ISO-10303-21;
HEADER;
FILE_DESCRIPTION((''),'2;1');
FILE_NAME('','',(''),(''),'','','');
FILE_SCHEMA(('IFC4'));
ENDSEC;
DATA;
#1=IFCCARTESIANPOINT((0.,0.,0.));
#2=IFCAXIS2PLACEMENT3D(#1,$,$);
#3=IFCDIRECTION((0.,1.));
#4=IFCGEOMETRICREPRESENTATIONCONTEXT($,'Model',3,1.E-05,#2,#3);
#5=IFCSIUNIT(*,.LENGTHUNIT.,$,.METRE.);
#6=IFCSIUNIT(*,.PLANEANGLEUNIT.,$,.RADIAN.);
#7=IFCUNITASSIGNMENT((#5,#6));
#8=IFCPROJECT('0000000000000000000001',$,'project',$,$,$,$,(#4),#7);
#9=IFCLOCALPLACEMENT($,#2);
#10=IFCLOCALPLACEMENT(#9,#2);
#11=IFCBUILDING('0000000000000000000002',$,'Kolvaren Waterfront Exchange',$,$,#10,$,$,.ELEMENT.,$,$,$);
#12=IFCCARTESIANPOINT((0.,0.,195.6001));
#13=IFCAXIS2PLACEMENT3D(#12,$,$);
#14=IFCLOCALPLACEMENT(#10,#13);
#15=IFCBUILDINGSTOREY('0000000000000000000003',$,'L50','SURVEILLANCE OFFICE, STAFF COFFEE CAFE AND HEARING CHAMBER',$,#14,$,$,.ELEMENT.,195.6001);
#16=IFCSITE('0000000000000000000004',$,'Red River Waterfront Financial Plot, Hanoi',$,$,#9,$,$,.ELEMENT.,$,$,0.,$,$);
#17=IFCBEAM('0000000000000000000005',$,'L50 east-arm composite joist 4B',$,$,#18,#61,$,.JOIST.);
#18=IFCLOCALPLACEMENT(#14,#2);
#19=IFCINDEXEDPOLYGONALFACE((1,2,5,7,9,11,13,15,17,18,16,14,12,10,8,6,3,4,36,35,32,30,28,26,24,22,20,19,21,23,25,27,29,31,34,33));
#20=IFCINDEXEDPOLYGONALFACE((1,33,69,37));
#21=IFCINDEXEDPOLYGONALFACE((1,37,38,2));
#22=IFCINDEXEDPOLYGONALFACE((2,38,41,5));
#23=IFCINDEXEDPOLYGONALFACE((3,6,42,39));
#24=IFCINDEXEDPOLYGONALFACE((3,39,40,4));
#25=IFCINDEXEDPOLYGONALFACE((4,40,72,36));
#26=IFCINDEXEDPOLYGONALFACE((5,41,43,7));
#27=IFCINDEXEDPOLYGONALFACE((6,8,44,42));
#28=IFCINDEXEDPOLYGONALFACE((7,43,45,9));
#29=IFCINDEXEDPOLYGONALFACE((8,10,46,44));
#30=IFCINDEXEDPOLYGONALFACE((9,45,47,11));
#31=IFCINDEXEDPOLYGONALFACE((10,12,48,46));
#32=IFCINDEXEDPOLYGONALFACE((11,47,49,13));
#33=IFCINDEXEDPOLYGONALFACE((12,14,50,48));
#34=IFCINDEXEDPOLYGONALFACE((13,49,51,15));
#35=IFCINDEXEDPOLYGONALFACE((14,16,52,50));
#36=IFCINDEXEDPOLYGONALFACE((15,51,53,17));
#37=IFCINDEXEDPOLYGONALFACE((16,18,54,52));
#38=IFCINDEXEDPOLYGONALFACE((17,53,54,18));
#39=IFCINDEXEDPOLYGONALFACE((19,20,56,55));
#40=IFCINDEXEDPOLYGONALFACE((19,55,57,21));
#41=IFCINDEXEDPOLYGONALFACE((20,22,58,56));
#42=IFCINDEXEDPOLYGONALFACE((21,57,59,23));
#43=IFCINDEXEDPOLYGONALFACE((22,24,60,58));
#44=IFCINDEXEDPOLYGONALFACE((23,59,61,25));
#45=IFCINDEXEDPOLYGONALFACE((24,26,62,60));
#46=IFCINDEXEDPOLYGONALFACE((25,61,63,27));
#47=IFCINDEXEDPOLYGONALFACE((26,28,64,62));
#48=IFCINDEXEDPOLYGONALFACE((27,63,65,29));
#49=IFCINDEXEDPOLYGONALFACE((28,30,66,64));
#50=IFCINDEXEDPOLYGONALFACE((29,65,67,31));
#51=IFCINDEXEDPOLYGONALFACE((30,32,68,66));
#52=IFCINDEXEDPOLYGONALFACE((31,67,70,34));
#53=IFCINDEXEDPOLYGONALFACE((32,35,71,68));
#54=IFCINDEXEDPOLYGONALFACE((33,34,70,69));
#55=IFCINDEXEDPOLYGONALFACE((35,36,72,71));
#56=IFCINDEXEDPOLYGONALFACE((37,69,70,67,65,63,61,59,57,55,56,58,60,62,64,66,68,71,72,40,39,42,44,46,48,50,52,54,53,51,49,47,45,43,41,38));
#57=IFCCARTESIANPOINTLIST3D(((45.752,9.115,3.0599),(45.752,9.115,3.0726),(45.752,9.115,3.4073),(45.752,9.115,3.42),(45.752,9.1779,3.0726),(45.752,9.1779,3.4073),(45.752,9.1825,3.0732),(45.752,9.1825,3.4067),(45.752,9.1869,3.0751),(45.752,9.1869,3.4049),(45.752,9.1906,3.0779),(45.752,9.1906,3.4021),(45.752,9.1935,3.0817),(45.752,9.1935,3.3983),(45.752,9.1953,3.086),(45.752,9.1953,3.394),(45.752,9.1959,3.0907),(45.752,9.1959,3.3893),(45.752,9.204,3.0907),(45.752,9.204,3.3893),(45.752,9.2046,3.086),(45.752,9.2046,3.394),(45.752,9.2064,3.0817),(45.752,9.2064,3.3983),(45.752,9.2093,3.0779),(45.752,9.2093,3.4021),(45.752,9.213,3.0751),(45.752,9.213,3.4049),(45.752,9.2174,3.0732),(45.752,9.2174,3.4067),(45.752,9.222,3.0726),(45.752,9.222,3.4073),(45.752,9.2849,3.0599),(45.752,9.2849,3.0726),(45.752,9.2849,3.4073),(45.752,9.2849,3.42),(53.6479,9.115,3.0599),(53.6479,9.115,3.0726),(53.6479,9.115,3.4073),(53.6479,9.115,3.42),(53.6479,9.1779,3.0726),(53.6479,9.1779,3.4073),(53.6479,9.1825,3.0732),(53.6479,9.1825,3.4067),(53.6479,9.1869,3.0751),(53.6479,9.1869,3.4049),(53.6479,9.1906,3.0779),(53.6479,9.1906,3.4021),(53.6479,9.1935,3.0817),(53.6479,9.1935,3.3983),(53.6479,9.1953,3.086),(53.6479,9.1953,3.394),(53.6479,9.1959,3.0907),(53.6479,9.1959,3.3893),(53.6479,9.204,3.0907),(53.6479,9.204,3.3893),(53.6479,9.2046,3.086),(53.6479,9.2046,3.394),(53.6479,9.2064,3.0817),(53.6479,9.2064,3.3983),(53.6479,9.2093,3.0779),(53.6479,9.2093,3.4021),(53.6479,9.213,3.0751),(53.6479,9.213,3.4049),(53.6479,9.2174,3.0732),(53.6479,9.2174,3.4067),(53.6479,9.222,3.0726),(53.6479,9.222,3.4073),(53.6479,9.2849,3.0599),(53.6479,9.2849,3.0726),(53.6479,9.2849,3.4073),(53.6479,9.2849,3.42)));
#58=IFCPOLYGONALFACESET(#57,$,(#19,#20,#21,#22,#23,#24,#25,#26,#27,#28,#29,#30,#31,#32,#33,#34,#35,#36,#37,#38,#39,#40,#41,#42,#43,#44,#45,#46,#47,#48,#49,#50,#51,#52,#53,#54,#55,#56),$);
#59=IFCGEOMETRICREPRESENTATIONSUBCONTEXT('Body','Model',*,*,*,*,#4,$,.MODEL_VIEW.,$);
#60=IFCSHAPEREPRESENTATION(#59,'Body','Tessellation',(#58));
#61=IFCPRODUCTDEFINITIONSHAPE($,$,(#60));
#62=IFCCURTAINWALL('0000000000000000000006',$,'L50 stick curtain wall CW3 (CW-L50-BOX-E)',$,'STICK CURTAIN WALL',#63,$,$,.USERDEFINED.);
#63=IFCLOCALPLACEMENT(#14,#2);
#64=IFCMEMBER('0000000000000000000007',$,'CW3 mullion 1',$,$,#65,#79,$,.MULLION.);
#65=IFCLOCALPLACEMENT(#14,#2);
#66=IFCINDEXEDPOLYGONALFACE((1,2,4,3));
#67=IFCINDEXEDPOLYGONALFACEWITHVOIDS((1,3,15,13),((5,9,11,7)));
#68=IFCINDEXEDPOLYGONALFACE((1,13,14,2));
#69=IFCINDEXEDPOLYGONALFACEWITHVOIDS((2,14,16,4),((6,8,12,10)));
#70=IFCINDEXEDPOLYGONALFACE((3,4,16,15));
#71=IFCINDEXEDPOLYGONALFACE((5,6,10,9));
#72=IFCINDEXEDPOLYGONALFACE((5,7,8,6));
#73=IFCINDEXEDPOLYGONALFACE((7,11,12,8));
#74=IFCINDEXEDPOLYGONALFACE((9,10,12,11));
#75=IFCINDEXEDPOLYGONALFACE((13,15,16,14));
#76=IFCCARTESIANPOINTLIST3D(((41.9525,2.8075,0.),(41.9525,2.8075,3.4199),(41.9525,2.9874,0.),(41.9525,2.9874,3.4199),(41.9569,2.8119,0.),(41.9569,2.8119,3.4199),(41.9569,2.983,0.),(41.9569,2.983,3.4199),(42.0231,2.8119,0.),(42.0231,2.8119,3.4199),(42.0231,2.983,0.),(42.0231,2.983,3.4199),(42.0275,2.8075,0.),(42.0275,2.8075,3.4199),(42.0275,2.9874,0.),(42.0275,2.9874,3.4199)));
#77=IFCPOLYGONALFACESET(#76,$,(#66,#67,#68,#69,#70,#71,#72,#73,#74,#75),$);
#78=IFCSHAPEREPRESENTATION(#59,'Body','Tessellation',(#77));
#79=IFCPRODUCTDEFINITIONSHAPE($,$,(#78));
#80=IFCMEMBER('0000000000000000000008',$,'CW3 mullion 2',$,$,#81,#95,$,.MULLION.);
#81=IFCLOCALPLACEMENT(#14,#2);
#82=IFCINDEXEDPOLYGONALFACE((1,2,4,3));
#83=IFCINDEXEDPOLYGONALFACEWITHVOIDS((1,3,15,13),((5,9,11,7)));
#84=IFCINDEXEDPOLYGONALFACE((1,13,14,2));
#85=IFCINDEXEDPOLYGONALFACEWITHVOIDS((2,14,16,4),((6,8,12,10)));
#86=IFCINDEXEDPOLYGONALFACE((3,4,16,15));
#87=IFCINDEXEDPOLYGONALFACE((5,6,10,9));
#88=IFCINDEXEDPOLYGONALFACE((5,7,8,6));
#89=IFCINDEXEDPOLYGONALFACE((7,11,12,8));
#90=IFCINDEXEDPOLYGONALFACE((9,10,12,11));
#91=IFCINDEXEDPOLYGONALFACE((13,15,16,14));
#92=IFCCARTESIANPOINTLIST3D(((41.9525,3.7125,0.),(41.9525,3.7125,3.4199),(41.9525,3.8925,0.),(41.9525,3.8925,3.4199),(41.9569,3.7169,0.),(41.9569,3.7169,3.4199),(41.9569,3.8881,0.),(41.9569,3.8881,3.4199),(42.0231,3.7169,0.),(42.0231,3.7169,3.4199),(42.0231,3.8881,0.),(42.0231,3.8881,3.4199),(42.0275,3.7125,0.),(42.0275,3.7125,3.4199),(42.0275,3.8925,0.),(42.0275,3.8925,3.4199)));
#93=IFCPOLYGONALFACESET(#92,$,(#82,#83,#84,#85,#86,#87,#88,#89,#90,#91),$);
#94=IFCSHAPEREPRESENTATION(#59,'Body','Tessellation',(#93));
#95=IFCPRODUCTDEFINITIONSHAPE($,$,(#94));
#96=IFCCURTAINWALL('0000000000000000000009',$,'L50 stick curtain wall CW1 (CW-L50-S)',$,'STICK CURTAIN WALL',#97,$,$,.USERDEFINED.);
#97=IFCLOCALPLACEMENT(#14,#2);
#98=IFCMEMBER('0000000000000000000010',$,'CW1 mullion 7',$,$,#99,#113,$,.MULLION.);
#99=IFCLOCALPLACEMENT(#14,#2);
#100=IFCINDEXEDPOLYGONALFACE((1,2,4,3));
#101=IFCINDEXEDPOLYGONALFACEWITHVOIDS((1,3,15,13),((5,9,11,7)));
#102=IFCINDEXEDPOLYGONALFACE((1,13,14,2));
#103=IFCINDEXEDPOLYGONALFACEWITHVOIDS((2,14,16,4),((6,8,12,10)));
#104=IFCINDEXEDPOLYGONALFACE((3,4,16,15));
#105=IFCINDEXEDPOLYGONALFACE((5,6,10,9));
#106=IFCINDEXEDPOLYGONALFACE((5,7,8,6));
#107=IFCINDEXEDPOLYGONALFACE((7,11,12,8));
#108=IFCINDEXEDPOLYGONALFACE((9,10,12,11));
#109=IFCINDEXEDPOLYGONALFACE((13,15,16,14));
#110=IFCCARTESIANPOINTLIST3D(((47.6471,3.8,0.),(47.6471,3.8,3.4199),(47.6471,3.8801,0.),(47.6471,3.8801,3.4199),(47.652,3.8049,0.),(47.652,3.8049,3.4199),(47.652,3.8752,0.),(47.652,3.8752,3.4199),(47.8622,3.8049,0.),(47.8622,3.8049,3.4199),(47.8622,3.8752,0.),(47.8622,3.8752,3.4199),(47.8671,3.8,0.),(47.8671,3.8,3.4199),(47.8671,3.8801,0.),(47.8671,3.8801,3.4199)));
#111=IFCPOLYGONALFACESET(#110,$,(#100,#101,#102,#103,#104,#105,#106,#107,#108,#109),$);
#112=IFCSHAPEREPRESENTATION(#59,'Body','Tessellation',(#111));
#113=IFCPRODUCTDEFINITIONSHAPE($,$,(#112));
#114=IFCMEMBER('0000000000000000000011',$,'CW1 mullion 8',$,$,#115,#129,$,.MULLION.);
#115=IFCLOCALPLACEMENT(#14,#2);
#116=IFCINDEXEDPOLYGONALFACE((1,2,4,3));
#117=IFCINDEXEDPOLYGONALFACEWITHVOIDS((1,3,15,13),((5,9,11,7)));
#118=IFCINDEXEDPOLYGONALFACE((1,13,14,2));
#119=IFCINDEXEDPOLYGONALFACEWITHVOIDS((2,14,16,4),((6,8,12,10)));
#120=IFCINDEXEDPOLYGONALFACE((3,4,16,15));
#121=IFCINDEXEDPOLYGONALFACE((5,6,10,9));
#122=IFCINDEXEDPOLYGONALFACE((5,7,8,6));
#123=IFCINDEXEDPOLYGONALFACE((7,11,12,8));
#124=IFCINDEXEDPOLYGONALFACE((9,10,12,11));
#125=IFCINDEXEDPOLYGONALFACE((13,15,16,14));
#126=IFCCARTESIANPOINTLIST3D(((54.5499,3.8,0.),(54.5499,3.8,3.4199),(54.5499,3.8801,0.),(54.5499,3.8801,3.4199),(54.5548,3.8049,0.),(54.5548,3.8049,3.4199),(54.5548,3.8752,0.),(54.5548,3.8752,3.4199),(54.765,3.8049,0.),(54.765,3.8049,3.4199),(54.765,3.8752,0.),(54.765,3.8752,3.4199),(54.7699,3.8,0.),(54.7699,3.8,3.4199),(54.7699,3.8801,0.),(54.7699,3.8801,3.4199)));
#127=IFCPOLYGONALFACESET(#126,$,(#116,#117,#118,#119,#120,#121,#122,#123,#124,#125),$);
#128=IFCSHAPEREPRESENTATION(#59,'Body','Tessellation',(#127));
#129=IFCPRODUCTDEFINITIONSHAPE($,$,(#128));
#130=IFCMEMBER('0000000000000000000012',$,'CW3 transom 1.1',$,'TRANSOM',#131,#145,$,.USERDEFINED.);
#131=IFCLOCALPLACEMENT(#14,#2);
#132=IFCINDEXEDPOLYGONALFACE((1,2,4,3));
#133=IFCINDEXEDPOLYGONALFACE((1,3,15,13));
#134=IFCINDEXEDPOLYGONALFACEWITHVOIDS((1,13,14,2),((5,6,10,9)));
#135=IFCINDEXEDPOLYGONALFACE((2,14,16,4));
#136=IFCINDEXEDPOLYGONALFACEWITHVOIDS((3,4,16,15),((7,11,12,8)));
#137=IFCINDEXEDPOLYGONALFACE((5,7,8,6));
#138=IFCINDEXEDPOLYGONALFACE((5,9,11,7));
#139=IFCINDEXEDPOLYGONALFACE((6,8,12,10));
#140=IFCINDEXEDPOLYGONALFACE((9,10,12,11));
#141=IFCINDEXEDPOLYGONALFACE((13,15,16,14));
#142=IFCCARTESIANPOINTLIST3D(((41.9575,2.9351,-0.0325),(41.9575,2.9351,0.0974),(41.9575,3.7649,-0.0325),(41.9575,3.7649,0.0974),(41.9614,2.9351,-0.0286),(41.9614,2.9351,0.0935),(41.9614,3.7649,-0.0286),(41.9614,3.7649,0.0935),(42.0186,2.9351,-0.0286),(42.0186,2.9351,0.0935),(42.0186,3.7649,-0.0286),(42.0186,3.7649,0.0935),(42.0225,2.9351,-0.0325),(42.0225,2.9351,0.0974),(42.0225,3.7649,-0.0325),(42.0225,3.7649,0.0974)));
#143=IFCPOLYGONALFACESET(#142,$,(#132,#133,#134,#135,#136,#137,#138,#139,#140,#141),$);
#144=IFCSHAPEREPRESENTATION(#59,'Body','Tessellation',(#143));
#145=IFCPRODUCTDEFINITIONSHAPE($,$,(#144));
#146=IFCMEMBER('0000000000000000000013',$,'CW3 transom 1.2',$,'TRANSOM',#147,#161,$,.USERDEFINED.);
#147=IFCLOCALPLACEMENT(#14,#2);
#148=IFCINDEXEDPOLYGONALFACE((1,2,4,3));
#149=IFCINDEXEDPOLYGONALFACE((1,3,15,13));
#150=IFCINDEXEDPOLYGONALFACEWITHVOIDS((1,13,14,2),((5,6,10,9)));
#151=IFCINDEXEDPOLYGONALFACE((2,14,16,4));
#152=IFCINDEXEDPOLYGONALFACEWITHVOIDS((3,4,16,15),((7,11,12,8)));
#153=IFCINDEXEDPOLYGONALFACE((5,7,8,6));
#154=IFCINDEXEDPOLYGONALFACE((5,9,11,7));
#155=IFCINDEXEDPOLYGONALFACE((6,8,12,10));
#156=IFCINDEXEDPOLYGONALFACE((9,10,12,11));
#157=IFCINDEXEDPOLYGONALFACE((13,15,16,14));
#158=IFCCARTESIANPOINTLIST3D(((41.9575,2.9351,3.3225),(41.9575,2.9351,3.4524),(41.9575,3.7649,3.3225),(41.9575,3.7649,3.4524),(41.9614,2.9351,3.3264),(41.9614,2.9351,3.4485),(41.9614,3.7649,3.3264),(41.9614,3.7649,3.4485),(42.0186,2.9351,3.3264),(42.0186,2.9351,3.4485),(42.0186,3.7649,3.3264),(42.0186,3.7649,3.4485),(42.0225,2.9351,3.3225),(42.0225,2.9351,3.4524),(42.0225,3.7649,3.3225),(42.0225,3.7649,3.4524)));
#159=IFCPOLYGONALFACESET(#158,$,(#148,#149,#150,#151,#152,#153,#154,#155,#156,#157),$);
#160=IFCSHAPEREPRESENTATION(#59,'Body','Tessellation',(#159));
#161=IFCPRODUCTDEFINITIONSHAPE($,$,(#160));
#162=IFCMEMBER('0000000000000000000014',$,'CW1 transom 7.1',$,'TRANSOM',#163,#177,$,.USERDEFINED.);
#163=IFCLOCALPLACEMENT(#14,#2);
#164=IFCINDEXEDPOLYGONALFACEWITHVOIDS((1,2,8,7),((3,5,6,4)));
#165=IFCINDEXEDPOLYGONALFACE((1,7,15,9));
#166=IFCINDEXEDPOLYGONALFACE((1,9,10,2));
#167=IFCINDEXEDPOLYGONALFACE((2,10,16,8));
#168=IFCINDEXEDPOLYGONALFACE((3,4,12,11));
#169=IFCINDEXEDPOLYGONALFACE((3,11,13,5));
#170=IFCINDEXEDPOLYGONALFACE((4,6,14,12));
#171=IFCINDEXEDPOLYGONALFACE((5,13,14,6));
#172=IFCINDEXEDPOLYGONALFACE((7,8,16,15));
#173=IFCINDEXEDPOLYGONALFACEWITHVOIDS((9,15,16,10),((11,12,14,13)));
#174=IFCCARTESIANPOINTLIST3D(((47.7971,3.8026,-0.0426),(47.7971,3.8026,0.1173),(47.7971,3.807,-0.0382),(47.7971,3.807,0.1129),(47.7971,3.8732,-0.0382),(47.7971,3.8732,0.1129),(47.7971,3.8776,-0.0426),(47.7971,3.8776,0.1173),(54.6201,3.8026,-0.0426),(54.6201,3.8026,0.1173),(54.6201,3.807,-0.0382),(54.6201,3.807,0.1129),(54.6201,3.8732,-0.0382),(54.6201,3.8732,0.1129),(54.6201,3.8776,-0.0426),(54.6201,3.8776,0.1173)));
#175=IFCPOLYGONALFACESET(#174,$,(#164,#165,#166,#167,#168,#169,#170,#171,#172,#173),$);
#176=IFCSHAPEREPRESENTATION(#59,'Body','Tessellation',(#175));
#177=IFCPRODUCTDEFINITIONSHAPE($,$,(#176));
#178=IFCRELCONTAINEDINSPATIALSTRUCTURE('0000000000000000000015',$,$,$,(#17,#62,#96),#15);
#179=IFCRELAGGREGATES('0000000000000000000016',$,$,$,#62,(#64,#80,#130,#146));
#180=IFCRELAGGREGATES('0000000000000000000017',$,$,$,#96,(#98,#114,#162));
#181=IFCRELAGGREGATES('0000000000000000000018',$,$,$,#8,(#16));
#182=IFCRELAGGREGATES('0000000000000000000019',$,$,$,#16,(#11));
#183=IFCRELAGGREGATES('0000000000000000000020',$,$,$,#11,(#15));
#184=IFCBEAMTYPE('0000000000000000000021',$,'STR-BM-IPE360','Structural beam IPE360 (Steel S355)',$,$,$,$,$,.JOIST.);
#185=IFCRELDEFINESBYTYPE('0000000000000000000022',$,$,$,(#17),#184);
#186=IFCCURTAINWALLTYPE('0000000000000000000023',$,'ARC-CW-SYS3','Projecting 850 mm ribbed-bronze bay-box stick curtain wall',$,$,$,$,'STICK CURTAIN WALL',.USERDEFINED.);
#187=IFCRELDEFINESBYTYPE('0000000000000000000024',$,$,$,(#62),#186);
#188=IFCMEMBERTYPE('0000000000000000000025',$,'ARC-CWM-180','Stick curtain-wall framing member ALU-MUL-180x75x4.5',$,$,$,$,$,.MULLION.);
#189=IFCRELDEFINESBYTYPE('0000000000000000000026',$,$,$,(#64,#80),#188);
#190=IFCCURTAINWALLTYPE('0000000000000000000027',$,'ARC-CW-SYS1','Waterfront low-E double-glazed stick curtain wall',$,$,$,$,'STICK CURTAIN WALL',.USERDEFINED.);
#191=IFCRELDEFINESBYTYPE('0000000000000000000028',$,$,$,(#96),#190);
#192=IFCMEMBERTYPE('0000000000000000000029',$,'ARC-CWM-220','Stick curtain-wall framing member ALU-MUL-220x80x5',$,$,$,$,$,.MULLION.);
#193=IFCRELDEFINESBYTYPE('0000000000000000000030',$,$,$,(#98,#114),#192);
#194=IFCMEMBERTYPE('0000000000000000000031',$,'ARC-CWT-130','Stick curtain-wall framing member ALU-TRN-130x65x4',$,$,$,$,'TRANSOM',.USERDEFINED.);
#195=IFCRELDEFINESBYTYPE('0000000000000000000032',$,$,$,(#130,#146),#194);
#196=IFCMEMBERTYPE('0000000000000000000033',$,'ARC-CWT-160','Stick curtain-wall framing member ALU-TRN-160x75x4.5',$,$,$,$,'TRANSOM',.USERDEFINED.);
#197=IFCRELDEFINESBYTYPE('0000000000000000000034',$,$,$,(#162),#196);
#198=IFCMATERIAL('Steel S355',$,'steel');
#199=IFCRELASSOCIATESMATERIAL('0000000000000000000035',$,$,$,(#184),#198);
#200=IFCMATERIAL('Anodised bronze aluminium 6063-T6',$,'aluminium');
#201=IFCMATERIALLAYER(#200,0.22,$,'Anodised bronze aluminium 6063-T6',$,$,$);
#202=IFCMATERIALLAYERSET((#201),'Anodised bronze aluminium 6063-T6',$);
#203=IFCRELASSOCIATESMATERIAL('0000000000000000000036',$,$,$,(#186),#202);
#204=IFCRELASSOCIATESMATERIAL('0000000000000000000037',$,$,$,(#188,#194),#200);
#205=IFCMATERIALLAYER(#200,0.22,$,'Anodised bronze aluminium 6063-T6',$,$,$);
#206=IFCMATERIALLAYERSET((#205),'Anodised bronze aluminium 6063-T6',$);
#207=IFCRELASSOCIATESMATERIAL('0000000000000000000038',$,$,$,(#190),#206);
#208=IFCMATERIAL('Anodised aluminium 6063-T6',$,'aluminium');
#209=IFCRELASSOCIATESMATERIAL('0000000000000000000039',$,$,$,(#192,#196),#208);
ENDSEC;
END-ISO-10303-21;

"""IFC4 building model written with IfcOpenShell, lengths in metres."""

from ifc_helpers import new_model, si_unit, direction, frame, origin, origin_with_axes, origin_2d, place, context, subcontext, project, spatial, hollow_rectangle, i_section, extrude, source, transform, mapped, material, layer, layer_set, material_profile, profile_set, type_object, element, aggregate, save


model = new_model("IFC4")

# Units and contexts
model_context = context("Model", 3, precision=1e-05, world=origin(), true_north=direction((0.0, 1.0)))
body_context = subcontext(model_context, "Body", "Model", "MODEL_VIEW")
ifc_project = project(units=[si_unit("LENGTHUNIT", "METRE"), si_unit("PLANEANGLEUNIT", "RADIAN")], contexts=[model_context])

# Site, building, storey
site_placement = place(None, origin())
site = spatial("IfcSite", under=ifc_project, at=site_placement, Name="Red River Waterfront Financial Plot, Hanoi", CompositionType="ELEMENT", RefElevation=0.0)
building_placement = place(site_placement, origin())
building = spatial("IfcBuilding", under=site, at=building_placement, Name="Kolvaren Waterfront Exchange", CompositionType="ELEMENT")
storey_placement = place(building_placement, frame((0.0, 0.0, 195.6001)))
storey = spatial("IfcBuildingStorey", under=building, at=storey_placement, Name="L50", Description="SURVEILLANCE OFFICE, STAFF COFFEE CAFE AND HEARING CHAMBER", CompositionType="ELEMENT", Elevation=195.6001)

# Beam
ifc_material_1 = material(Name="Steel S355", Category="steel")
ifc_material_profile_1 = material_profile(ifc_material_1, i_section(OverallWidth=0.1699, OverallDepth=0.3601, WebThickness=0.0081, FlangeThickness=0.0127, FilletRadius=0.0181, at=origin_2d()), Name="IPE360")
ifc_profile_set_1 = profile_set([ifc_material_profile_1], Name="Steel S355")
beam_type_1 = type_object("IfcBeamType", Name="STR-BM-IPE360", Description="Structural beam IPE360 (Steel S355)", PredefinedType="JOIST", material=ifc_profile_set_1)
beam_1_placement = place(storey_placement, frame((45.752, 9.2, 3.24), z_axis=(1.0, 0.0, 0.0), x_axis=(0.0, 1.0, 0.0)))
element("IfcBeam", 1, at=beam_1_placement, inside=storey, type_object=beam_type_1, Name="L50 east-arm composite joist 4B", PredefinedType="JOIST", context=body_context, shape_type="SweptSolid", body=[
    extrude(i_section(OverallWidth=0.1699, OverallDepth=0.3601, WebThickness=0.0081, FlangeThickness=0.0127, FilletRadius=0.0181, at=origin_2d()), origin(), (0.0, 0.0, 1.0), 7.896),
])

# Curtain walls, members
ifc_material_2 = material(Name="Anodised bronze aluminium 6063-T6", Category="aluminium")
ifc_layer_1 = layer(ifc_material_2, 0.22, Name="Anodised bronze aluminium 6063-T6")
ifc_layer_set_1 = layer_set([ifc_layer_1], Name="Anodised bronze aluminium 6063-T6")
curtain_wall_type_1 = type_object("IfcCurtainWallType", Name="ARC-CW-SYS3", Description="Projecting 850 mm ribbed-bronze bay-box stick curtain wall", ElementType="STICK CURTAIN WALL", PredefinedType="USERDEFINED", material=ifc_layer_set_1)
curtain_wall_1_placement = place(storey_placement, origin())
curtain_wall_1 = element("IfcCurtainWall", 2, at=curtain_wall_1_placement, inside=storey, type_object=curtain_wall_type_1, Name="L50 stick curtain wall CW3 (CW-L50-BOX-E)", ObjectType="STICK CURTAIN WALL", PredefinedType="USERDEFINED")
ifc_material_profile_2 = material_profile(ifc_material_2, hollow_rectangle(XDim=0.075, YDim=0.1799, WallThickness=0.0044, at=origin_2d()), Name="ALU-MUL-180x75x4.5")
ifc_profile_set_2 = profile_set([ifc_material_profile_2], Name="Anodised bronze aluminium 6063-T6")
member_type_1 = type_object("IfcMemberType", Name="ARC-CWM-180", Description="Stick curtain-wall framing member ALU-MUL-180x75x4.5", PredefinedType="MULLION", material=ifc_profile_set_2)
shared_shape_1 = source(origin_with_axes(), body_context, "Body", "SweptSolid", [
    extrude(hollow_rectangle(XDim=0.075, YDim=0.1799, WallThickness=0.0044, at=origin_2d()), origin(), (0.0, 0.0, 1.0), 3.4199),
])
member_1_placement = place(storey_placement, frame((41.99, 2.8975, 0.0), z_axis=(0.0, 0.0, 1.0), x_axis=(-1.0, 0.0, 0.0)))
member_1 = element("IfcMember", 3, at=member_1_placement, type_object=member_type_1, Name="CW3 mullion 1", PredefinedType="MULLION", context=body_context, shape_type="MappedRepresentation", body=[
    mapped(shared_shape_1, transform((0.0, 0.0, 0.0), x_axis=(1.0, 0.0, 0.0), y_axis=(0.0, 1.0, 0.0), z_axis=(0.0, 0.0, 1.0), scale=1.0)),
])
member_2_placement = place(storey_placement, frame((41.99, 3.8025, 0.0), z_axis=(0.0, 0.0, 1.0), x_axis=(-1.0, 0.0, 0.0)))
member_2 = element("IfcMember", 4, at=member_2_placement, type_object=member_type_1, Name="CW3 mullion 2", PredefinedType="MULLION", context=body_context, shape_type="MappedRepresentation", body=[
    mapped(shared_shape_1, transform((0.0, 0.0, 0.0), x_axis=(1.0, 0.0, 0.0), y_axis=(0.0, 1.0, 0.0), z_axis=(0.0, 0.0, 1.0), scale=1.0)),
])
ifc_layer_2 = layer(ifc_material_2, 0.22, Name="Anodised bronze aluminium 6063-T6")
ifc_layer_set_2 = layer_set([ifc_layer_2], Name="Anodised bronze aluminium 6063-T6")
curtain_wall_type_2 = type_object("IfcCurtainWallType", Name="ARC-CW-SYS1", Description="Waterfront low-E double-glazed stick curtain wall", ElementType="STICK CURTAIN WALL", PredefinedType="USERDEFINED", material=ifc_layer_set_2)
curtain_wall_2_placement = place(storey_placement, origin())
curtain_wall_2 = element("IfcCurtainWall", 5, at=curtain_wall_2_placement, inside=storey, type_object=curtain_wall_type_2, Name="L50 stick curtain wall CW1 (CW-L50-S)", ObjectType="STICK CURTAIN WALL", PredefinedType="USERDEFINED")
ifc_material_3 = material(Name="Anodised aluminium 6063-T6", Category="aluminium")
ifc_material_profile_3 = material_profile(ifc_material_3, hollow_rectangle(XDim=0.0801, YDim=0.22, WallThickness=0.0049, at=origin_2d()), Name="ALU-MUL-220x80x5")
ifc_profile_set_3 = profile_set([ifc_material_profile_3], Name="Anodised aluminium 6063-T6")
member_type_2 = type_object("IfcMemberType", Name="ARC-CWM-220", Description="Stick curtain-wall framing member ALU-MUL-220x80x5", PredefinedType="MULLION", material=ifc_profile_set_3)
shared_shape_2 = source(origin_with_axes(), body_context, "Body", "SweptSolid", [
    extrude(hollow_rectangle(XDim=0.0801, YDim=0.22, WallThickness=0.0049, at=origin_2d()), origin(), (0.0, 0.0, 1.0), 3.4199),
])
member_3_placement = place(storey_placement, frame((47.7571, 3.8401, 0.0), z_axis=(0.0, 0.0, 1.0), x_axis=(0.0, 1.0, 0.0)))
member_3 = element("IfcMember", 6, at=member_3_placement, type_object=member_type_2, Name="CW1 mullion 7", PredefinedType="MULLION", context=body_context, shape_type="MappedRepresentation", body=[
    mapped(shared_shape_2, transform((0.0, 0.0, 0.0), x_axis=(1.0, 0.0, 0.0), y_axis=(0.0, 1.0, 0.0), z_axis=(0.0, 0.0, 1.0), scale=1.0)),
])
member_4_placement = place(storey_placement, frame((54.6599, 3.8401, 0.0), z_axis=(0.0, 0.0, 1.0), x_axis=(0.0, 1.0, 0.0)))
member_4 = element("IfcMember", 7, at=member_4_placement, type_object=member_type_2, Name="CW1 mullion 8", PredefinedType="MULLION", context=body_context, shape_type="MappedRepresentation", body=[
    mapped(shared_shape_2, transform((0.0, 0.0, 0.0), x_axis=(1.0, 0.0, 0.0), y_axis=(0.0, 1.0, 0.0), z_axis=(0.0, 0.0, 1.0), scale=1.0)),
])

# Members
ifc_material_profile_4 = material_profile(ifc_material_2, hollow_rectangle(XDim=0.0649, YDim=0.1299, WallThickness=0.0039, at=origin_2d()), Name="ALU-TRN-130x65x4")
ifc_profile_set_4 = profile_set([ifc_material_profile_4], Name="Anodised bronze aluminium 6063-T6")
member_type_3 = type_object("IfcMemberType", Name="ARC-CWT-130", Description="Stick curtain-wall framing member ALU-TRN-130x65x4", ElementType="TRANSOM", PredefinedType="USERDEFINED", material=ifc_profile_set_4)
shared_shape_3 = source(origin_with_axes(), body_context, "Body", "SweptSolid", [
    extrude(hollow_rectangle(XDim=0.0649, YDim=0.1299, WallThickness=0.0039, at=origin_2d()), origin(), (0.0, 0.0, 1.0), 0.8298),
])
member_5_placement = place(storey_placement, frame((41.99, 2.9351, 0.0325), z_axis=(0.0, 1.0, 0.0), x_axis=(-1.0, 0.0, 0.0)))
member_5 = element("IfcMember", 8, at=member_5_placement, type_object=member_type_3, Name="CW3 transom 1.1", ObjectType="TRANSOM", PredefinedType="USERDEFINED", context=body_context, shape_type="MappedRepresentation", body=[
    mapped(shared_shape_3, transform((0.0, 0.0, 0.0), x_axis=(1.0, 0.0, 0.0), y_axis=(0.0, 1.0, 0.0), z_axis=(0.0, 0.0, 1.0), scale=1.0)),
])
member_6_placement = place(storey_placement, frame((41.99, 2.9351, 3.3875), z_axis=(0.0, 1.0, 0.0), x_axis=(-1.0, 0.0, 0.0)))
member_6 = element("IfcMember", 9, at=member_6_placement, type_object=member_type_3, Name="CW3 transom 1.2", ObjectType="TRANSOM", PredefinedType="USERDEFINED", context=body_context, shape_type="MappedRepresentation", body=[
    mapped(shared_shape_3, transform((0.0, 0.0, 0.0), x_axis=(1.0, 0.0, 0.0), y_axis=(0.0, 1.0, 0.0), z_axis=(0.0, 0.0, 1.0), scale=1.0)),
])
ifc_material_profile_5 = material_profile(ifc_material_3, hollow_rectangle(XDim=0.075, YDim=0.1599, WallThickness=0.0044, at=origin_2d()), Name="ALU-TRN-160x75x4.5")
ifc_profile_set_5 = profile_set([ifc_material_profile_5], Name="Anodised aluminium 6063-T6")
member_type_4 = type_object("IfcMemberType", Name="ARC-CWT-160", Description="Stick curtain-wall framing member ALU-TRN-160x75x4.5", ElementType="TRANSOM", PredefinedType="USERDEFINED", material=ifc_profile_set_5)
shared_shape_4 = source(origin_with_axes(), body_context, "Body", "SweptSolid", [
    extrude(hollow_rectangle(XDim=0.075, YDim=0.1599, WallThickness=0.0044, at=origin_2d()), origin(), (0.0, 0.0, 1.0), 6.823),
])
member_7_placement = place(storey_placement, frame((47.7971, 3.8401, 0.0374), z_axis=(1.0, 0.0, 0.0), x_axis=(0.0, 1.0, 0.0)))
member_7 = element("IfcMember", 10, at=member_7_placement, type_object=member_type_4, Name="CW1 transom 7.1", ObjectType="TRANSOM", PredefinedType="USERDEFINED", context=body_context, shape_type="MappedRepresentation", body=[
    mapped(shared_shape_4, transform((0.0, 0.0, 0.0), x_axis=(1.0, 0.0, 0.0), y_axis=(0.0, 1.0, 0.0), z_axis=(0.0, 0.0, 1.0), scale=1.0)),
])

aggregate(curtain_wall_1, [member_1, member_2, member_5, member_6])
aggregate(curtain_wall_2, [member_3, member_4, member_7])

save(model, "model.ifc")
